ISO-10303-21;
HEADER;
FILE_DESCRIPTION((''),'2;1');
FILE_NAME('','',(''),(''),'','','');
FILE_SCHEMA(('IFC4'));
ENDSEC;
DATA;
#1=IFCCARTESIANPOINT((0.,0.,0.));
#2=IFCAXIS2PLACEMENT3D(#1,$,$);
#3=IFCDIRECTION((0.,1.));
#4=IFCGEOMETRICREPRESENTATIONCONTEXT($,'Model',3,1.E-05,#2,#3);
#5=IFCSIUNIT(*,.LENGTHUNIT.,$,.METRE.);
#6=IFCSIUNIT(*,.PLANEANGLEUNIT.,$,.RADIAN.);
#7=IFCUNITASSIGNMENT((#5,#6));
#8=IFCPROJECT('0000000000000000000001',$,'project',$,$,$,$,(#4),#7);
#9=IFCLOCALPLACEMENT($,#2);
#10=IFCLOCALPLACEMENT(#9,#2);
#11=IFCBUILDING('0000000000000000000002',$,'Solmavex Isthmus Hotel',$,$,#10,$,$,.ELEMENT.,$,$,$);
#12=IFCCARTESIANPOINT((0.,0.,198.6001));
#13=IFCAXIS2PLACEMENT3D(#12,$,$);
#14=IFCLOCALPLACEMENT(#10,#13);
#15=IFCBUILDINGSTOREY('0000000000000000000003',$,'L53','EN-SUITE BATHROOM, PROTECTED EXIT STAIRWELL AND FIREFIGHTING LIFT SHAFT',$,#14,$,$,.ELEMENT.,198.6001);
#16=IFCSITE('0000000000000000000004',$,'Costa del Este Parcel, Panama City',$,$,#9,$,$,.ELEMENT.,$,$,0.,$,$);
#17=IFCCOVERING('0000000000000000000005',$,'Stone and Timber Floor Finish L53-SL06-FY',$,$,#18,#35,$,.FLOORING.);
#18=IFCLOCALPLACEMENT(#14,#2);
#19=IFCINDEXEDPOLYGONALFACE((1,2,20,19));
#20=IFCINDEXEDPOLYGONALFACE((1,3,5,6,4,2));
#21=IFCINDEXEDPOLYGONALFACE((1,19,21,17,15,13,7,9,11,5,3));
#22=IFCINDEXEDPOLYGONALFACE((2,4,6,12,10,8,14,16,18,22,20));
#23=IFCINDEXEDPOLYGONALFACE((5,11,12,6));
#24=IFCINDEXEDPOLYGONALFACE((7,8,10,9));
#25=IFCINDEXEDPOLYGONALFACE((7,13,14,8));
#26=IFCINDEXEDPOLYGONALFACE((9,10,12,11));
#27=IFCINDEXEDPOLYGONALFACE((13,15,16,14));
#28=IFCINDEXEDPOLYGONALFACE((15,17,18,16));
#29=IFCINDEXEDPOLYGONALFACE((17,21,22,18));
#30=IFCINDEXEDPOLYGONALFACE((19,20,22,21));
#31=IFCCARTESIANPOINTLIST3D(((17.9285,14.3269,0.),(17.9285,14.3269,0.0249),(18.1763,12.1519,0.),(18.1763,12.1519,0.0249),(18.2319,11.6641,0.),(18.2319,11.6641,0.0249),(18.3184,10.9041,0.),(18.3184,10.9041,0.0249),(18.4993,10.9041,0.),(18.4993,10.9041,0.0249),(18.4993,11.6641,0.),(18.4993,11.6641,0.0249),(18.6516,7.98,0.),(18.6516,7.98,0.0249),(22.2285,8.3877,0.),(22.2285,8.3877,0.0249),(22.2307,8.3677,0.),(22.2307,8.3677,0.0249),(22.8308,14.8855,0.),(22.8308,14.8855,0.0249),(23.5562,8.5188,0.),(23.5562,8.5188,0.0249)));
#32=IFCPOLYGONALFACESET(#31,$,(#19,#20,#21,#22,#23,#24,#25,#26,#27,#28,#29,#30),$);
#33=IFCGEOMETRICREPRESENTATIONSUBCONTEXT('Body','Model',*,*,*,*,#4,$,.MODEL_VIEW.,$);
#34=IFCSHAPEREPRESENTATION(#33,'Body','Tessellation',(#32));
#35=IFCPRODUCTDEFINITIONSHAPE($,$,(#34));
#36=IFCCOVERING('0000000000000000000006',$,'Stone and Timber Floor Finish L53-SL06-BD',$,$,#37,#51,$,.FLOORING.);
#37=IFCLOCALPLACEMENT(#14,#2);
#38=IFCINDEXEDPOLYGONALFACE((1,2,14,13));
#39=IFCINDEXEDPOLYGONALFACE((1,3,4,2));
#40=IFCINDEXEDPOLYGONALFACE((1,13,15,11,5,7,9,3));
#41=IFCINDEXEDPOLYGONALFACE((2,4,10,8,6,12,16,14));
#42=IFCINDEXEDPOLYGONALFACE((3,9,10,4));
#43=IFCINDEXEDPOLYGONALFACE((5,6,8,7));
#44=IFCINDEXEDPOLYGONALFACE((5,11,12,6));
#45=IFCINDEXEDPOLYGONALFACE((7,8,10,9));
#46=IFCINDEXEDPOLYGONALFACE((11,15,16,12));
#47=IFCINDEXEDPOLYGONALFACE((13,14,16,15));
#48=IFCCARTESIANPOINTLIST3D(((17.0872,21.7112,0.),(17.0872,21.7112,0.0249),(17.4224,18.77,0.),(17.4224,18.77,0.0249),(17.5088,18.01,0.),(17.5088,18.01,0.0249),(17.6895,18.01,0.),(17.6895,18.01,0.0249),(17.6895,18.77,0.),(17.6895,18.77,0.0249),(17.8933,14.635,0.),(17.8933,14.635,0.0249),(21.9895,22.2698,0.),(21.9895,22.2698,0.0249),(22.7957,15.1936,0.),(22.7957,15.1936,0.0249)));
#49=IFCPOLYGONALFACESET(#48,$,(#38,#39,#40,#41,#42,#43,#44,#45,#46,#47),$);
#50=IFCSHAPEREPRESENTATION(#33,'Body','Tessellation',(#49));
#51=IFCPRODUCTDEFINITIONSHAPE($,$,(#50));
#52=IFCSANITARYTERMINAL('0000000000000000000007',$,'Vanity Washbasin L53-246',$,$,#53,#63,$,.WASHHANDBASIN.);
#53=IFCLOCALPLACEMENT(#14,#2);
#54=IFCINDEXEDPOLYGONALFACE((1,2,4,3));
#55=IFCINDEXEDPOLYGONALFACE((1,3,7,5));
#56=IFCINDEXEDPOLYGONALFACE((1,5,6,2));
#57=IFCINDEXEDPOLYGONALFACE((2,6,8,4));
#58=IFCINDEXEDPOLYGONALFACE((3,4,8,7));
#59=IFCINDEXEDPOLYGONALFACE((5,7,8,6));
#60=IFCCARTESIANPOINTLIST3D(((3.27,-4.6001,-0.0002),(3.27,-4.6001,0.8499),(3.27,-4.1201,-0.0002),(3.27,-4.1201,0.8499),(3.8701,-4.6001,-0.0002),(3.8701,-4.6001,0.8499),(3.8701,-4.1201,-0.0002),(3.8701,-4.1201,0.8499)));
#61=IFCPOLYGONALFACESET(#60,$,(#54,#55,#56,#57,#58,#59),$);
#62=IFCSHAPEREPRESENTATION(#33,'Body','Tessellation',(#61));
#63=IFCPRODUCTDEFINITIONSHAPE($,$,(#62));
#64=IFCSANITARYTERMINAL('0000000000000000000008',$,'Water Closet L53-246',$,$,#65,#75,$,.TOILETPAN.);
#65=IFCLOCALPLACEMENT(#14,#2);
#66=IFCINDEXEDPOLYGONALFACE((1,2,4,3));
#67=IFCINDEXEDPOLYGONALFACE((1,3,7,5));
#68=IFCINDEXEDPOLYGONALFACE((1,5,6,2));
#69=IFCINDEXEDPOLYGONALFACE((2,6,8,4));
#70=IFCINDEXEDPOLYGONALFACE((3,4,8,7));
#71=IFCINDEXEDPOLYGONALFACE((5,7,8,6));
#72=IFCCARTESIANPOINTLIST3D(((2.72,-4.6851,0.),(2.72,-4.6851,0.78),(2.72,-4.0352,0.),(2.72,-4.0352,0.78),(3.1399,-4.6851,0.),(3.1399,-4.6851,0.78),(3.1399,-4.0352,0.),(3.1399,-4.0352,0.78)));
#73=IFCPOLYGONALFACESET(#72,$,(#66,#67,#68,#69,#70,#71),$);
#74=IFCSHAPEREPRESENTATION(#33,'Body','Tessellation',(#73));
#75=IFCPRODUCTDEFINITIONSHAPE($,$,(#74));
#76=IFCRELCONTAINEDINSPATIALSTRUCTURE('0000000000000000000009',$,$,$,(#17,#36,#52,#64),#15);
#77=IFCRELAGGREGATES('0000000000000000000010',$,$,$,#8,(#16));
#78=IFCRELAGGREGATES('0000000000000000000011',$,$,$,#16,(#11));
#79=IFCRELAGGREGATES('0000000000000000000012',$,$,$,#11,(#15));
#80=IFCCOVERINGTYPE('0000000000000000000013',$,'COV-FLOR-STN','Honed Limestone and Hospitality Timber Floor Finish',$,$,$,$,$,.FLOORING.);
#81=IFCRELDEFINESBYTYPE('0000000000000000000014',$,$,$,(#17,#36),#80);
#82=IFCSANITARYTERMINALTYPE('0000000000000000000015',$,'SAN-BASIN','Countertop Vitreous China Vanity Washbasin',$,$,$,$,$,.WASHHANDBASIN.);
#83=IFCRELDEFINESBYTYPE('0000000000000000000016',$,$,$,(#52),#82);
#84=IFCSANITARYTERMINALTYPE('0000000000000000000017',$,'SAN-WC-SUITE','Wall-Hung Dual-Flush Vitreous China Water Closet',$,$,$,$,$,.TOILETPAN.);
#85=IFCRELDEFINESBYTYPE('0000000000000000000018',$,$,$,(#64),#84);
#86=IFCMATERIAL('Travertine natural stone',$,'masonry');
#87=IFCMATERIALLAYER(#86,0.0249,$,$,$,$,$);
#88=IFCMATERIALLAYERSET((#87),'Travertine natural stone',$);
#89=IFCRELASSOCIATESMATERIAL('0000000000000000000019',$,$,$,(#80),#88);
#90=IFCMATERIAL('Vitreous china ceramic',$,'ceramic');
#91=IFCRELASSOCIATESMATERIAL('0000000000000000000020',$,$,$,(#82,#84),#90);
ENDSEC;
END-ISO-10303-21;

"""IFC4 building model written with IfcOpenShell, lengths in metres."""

from ifc_helpers import new_model, si_unit, direction, frame, origin, origin_2d, place, context, subcontext, project, spatial, polyline, rectangle, outline, extrude, material, layer, layer_set, type_object, element, save


model = new_model("IFC4")

# Units and contexts
model_context = context("Model", 3, precision=1e-05, world=origin(), true_north=direction((0.0, 1.0)))
body_context = subcontext(model_context, "Body", "Model", "MODEL_VIEW")
ifc_project = project(units=[si_unit("LENGTHUNIT", "METRE"), si_unit("PLANEANGLEUNIT", "RADIAN")], contexts=[model_context])

# Site, building, storey
site_placement = place(None, origin())
site = spatial("IfcSite", under=ifc_project, at=site_placement, Name="Costa del Este Parcel, Panama City", CompositionType="ELEMENT", RefElevation=0.0)
building_placement = place(site_placement, origin())
building = spatial("IfcBuilding", under=site, at=building_placement, Name="Solmavex Isthmus Hotel", CompositionType="ELEMENT")
storey_placement = place(building_placement, frame((0.0, 0.0, 198.6001)))
storey = spatial("IfcBuildingStorey", under=building, at=storey_placement, Name="L53", Description="EN-SUITE BATHROOM, PROTECTED EXIT STAIRWELL AND FIREFIGHTING LIFT SHAFT", CompositionType="ELEMENT", Elevation=198.6001)

# Coverings
ifc_material_1 = material(Name="Travertine natural stone", Category="masonry")
ifc_layer_1 = layer(ifc_material_1, 0.0249)
ifc_layer_set_1 = layer_set([ifc_layer_1], Name="Travertine natural stone")
covering_type_1 = type_object("IfcCoveringType", Name="COV-FLOR-STN", Description="Honed Limestone and Hospitality Timber Floor Finish", PredefinedType="FLOORING", material=ifc_layer_set_1)
covering_1_placement = place(storey_placement, origin())
element("IfcCovering", 1, at=covering_1_placement, inside=storey, type_object=covering_type_1, Name="Stone and Timber Floor Finish L53-SL06-FY", PredefinedType="FLOORING", context=body_context, shape_type="SweptSolid", body=[
    extrude(outline(polyline([(18.2319, 11.6641), (18.4993, 11.6641), (18.4993, 10.9041), (18.3184, 10.9041), (18.6516, 7.98), (22.2285, 8.3877), (22.2307, 8.3677), (23.5562, 8.5188), (22.8308, 14.8855), (17.9285, 14.3269), (18.1763, 12.1519), (18.2319, 11.6641)])), origin(), (0.0, 0.0, 1.0), 0.0249),
])
covering_2_placement = place(storey_placement, origin())
element("IfcCovering", 2, at=covering_2_placement, inside=storey, type_object=covering_type_1, Name="Stone and Timber Floor Finish L53-SL06-BD", PredefinedType="FLOORING", context=body_context, shape_type="SweptSolid", body=[
    extrude(outline(polyline([(17.4224, 18.77), (17.6895, 18.77), (17.6895, 18.01), (17.5088, 18.01), (17.8933, 14.635), (22.7957, 15.1936), (21.9895, 22.2698), (17.0872, 21.7112), (17.4224, 18.77)])), origin(), (0.0, 0.0, 1.0), 0.0249),
])

# Sanitary terminals
ifc_material_2 = material(Name="Vitreous china ceramic", Category="ceramic")
sanitary_terminal_type_1 = type_object("IfcSanitaryTerminalType", Name="SAN-BASIN", Description="Countertop Vitreous China Vanity Washbasin", PredefinedType="WASHHANDBASIN", material=ifc_material_2)
sanitary_terminal_1_placement = place(storey_placement, frame((3.5701, -4.3601, -0.0002), z_axis=(0.0, 0.0, 1.0), x_axis=(1.0, 0.0, 0.0)))
element("IfcSanitaryTerminal", 3, at=sanitary_terminal_1_placement, inside=storey, type_object=sanitary_terminal_type_1, Name="Vanity Washbasin L53-246", PredefinedType="WASHHANDBASIN", context=body_context, shape_type="SweptSolid", body=[
    extrude(rectangle(XDim=0.6001, YDim=0.48, at=origin_2d()), origin(), (0.0, 0.0, 1.0), 0.8501),
])
sanitary_terminal_type_2 = type_object("IfcSanitaryTerminalType", Name="SAN-WC-SUITE", Description="Wall-Hung Dual-Flush Vitreous China Water Closet", PredefinedType="TOILETPAN", material=ifc_material_2)
sanitary_terminal_2_placement = place(storey_placement, frame((2.9299, -4.3601, 0.0), z_axis=(0.0, 0.0, 1.0), x_axis=(1.0, 0.0, 0.0)))
element("IfcSanitaryTerminal", 4, at=sanitary_terminal_2_placement, inside=storey, type_object=sanitary_terminal_type_2, Name="Water Closet L53-246", PredefinedType="TOILETPAN", context=body_context, shape_type="SweptSolid", body=[
    extrude(rectangle(XDim=0.4199, YDim=0.6499, at=origin_2d()), origin(), (0.0, 0.0, 1.0), 0.78),
])

save(model, "model.ifc")
